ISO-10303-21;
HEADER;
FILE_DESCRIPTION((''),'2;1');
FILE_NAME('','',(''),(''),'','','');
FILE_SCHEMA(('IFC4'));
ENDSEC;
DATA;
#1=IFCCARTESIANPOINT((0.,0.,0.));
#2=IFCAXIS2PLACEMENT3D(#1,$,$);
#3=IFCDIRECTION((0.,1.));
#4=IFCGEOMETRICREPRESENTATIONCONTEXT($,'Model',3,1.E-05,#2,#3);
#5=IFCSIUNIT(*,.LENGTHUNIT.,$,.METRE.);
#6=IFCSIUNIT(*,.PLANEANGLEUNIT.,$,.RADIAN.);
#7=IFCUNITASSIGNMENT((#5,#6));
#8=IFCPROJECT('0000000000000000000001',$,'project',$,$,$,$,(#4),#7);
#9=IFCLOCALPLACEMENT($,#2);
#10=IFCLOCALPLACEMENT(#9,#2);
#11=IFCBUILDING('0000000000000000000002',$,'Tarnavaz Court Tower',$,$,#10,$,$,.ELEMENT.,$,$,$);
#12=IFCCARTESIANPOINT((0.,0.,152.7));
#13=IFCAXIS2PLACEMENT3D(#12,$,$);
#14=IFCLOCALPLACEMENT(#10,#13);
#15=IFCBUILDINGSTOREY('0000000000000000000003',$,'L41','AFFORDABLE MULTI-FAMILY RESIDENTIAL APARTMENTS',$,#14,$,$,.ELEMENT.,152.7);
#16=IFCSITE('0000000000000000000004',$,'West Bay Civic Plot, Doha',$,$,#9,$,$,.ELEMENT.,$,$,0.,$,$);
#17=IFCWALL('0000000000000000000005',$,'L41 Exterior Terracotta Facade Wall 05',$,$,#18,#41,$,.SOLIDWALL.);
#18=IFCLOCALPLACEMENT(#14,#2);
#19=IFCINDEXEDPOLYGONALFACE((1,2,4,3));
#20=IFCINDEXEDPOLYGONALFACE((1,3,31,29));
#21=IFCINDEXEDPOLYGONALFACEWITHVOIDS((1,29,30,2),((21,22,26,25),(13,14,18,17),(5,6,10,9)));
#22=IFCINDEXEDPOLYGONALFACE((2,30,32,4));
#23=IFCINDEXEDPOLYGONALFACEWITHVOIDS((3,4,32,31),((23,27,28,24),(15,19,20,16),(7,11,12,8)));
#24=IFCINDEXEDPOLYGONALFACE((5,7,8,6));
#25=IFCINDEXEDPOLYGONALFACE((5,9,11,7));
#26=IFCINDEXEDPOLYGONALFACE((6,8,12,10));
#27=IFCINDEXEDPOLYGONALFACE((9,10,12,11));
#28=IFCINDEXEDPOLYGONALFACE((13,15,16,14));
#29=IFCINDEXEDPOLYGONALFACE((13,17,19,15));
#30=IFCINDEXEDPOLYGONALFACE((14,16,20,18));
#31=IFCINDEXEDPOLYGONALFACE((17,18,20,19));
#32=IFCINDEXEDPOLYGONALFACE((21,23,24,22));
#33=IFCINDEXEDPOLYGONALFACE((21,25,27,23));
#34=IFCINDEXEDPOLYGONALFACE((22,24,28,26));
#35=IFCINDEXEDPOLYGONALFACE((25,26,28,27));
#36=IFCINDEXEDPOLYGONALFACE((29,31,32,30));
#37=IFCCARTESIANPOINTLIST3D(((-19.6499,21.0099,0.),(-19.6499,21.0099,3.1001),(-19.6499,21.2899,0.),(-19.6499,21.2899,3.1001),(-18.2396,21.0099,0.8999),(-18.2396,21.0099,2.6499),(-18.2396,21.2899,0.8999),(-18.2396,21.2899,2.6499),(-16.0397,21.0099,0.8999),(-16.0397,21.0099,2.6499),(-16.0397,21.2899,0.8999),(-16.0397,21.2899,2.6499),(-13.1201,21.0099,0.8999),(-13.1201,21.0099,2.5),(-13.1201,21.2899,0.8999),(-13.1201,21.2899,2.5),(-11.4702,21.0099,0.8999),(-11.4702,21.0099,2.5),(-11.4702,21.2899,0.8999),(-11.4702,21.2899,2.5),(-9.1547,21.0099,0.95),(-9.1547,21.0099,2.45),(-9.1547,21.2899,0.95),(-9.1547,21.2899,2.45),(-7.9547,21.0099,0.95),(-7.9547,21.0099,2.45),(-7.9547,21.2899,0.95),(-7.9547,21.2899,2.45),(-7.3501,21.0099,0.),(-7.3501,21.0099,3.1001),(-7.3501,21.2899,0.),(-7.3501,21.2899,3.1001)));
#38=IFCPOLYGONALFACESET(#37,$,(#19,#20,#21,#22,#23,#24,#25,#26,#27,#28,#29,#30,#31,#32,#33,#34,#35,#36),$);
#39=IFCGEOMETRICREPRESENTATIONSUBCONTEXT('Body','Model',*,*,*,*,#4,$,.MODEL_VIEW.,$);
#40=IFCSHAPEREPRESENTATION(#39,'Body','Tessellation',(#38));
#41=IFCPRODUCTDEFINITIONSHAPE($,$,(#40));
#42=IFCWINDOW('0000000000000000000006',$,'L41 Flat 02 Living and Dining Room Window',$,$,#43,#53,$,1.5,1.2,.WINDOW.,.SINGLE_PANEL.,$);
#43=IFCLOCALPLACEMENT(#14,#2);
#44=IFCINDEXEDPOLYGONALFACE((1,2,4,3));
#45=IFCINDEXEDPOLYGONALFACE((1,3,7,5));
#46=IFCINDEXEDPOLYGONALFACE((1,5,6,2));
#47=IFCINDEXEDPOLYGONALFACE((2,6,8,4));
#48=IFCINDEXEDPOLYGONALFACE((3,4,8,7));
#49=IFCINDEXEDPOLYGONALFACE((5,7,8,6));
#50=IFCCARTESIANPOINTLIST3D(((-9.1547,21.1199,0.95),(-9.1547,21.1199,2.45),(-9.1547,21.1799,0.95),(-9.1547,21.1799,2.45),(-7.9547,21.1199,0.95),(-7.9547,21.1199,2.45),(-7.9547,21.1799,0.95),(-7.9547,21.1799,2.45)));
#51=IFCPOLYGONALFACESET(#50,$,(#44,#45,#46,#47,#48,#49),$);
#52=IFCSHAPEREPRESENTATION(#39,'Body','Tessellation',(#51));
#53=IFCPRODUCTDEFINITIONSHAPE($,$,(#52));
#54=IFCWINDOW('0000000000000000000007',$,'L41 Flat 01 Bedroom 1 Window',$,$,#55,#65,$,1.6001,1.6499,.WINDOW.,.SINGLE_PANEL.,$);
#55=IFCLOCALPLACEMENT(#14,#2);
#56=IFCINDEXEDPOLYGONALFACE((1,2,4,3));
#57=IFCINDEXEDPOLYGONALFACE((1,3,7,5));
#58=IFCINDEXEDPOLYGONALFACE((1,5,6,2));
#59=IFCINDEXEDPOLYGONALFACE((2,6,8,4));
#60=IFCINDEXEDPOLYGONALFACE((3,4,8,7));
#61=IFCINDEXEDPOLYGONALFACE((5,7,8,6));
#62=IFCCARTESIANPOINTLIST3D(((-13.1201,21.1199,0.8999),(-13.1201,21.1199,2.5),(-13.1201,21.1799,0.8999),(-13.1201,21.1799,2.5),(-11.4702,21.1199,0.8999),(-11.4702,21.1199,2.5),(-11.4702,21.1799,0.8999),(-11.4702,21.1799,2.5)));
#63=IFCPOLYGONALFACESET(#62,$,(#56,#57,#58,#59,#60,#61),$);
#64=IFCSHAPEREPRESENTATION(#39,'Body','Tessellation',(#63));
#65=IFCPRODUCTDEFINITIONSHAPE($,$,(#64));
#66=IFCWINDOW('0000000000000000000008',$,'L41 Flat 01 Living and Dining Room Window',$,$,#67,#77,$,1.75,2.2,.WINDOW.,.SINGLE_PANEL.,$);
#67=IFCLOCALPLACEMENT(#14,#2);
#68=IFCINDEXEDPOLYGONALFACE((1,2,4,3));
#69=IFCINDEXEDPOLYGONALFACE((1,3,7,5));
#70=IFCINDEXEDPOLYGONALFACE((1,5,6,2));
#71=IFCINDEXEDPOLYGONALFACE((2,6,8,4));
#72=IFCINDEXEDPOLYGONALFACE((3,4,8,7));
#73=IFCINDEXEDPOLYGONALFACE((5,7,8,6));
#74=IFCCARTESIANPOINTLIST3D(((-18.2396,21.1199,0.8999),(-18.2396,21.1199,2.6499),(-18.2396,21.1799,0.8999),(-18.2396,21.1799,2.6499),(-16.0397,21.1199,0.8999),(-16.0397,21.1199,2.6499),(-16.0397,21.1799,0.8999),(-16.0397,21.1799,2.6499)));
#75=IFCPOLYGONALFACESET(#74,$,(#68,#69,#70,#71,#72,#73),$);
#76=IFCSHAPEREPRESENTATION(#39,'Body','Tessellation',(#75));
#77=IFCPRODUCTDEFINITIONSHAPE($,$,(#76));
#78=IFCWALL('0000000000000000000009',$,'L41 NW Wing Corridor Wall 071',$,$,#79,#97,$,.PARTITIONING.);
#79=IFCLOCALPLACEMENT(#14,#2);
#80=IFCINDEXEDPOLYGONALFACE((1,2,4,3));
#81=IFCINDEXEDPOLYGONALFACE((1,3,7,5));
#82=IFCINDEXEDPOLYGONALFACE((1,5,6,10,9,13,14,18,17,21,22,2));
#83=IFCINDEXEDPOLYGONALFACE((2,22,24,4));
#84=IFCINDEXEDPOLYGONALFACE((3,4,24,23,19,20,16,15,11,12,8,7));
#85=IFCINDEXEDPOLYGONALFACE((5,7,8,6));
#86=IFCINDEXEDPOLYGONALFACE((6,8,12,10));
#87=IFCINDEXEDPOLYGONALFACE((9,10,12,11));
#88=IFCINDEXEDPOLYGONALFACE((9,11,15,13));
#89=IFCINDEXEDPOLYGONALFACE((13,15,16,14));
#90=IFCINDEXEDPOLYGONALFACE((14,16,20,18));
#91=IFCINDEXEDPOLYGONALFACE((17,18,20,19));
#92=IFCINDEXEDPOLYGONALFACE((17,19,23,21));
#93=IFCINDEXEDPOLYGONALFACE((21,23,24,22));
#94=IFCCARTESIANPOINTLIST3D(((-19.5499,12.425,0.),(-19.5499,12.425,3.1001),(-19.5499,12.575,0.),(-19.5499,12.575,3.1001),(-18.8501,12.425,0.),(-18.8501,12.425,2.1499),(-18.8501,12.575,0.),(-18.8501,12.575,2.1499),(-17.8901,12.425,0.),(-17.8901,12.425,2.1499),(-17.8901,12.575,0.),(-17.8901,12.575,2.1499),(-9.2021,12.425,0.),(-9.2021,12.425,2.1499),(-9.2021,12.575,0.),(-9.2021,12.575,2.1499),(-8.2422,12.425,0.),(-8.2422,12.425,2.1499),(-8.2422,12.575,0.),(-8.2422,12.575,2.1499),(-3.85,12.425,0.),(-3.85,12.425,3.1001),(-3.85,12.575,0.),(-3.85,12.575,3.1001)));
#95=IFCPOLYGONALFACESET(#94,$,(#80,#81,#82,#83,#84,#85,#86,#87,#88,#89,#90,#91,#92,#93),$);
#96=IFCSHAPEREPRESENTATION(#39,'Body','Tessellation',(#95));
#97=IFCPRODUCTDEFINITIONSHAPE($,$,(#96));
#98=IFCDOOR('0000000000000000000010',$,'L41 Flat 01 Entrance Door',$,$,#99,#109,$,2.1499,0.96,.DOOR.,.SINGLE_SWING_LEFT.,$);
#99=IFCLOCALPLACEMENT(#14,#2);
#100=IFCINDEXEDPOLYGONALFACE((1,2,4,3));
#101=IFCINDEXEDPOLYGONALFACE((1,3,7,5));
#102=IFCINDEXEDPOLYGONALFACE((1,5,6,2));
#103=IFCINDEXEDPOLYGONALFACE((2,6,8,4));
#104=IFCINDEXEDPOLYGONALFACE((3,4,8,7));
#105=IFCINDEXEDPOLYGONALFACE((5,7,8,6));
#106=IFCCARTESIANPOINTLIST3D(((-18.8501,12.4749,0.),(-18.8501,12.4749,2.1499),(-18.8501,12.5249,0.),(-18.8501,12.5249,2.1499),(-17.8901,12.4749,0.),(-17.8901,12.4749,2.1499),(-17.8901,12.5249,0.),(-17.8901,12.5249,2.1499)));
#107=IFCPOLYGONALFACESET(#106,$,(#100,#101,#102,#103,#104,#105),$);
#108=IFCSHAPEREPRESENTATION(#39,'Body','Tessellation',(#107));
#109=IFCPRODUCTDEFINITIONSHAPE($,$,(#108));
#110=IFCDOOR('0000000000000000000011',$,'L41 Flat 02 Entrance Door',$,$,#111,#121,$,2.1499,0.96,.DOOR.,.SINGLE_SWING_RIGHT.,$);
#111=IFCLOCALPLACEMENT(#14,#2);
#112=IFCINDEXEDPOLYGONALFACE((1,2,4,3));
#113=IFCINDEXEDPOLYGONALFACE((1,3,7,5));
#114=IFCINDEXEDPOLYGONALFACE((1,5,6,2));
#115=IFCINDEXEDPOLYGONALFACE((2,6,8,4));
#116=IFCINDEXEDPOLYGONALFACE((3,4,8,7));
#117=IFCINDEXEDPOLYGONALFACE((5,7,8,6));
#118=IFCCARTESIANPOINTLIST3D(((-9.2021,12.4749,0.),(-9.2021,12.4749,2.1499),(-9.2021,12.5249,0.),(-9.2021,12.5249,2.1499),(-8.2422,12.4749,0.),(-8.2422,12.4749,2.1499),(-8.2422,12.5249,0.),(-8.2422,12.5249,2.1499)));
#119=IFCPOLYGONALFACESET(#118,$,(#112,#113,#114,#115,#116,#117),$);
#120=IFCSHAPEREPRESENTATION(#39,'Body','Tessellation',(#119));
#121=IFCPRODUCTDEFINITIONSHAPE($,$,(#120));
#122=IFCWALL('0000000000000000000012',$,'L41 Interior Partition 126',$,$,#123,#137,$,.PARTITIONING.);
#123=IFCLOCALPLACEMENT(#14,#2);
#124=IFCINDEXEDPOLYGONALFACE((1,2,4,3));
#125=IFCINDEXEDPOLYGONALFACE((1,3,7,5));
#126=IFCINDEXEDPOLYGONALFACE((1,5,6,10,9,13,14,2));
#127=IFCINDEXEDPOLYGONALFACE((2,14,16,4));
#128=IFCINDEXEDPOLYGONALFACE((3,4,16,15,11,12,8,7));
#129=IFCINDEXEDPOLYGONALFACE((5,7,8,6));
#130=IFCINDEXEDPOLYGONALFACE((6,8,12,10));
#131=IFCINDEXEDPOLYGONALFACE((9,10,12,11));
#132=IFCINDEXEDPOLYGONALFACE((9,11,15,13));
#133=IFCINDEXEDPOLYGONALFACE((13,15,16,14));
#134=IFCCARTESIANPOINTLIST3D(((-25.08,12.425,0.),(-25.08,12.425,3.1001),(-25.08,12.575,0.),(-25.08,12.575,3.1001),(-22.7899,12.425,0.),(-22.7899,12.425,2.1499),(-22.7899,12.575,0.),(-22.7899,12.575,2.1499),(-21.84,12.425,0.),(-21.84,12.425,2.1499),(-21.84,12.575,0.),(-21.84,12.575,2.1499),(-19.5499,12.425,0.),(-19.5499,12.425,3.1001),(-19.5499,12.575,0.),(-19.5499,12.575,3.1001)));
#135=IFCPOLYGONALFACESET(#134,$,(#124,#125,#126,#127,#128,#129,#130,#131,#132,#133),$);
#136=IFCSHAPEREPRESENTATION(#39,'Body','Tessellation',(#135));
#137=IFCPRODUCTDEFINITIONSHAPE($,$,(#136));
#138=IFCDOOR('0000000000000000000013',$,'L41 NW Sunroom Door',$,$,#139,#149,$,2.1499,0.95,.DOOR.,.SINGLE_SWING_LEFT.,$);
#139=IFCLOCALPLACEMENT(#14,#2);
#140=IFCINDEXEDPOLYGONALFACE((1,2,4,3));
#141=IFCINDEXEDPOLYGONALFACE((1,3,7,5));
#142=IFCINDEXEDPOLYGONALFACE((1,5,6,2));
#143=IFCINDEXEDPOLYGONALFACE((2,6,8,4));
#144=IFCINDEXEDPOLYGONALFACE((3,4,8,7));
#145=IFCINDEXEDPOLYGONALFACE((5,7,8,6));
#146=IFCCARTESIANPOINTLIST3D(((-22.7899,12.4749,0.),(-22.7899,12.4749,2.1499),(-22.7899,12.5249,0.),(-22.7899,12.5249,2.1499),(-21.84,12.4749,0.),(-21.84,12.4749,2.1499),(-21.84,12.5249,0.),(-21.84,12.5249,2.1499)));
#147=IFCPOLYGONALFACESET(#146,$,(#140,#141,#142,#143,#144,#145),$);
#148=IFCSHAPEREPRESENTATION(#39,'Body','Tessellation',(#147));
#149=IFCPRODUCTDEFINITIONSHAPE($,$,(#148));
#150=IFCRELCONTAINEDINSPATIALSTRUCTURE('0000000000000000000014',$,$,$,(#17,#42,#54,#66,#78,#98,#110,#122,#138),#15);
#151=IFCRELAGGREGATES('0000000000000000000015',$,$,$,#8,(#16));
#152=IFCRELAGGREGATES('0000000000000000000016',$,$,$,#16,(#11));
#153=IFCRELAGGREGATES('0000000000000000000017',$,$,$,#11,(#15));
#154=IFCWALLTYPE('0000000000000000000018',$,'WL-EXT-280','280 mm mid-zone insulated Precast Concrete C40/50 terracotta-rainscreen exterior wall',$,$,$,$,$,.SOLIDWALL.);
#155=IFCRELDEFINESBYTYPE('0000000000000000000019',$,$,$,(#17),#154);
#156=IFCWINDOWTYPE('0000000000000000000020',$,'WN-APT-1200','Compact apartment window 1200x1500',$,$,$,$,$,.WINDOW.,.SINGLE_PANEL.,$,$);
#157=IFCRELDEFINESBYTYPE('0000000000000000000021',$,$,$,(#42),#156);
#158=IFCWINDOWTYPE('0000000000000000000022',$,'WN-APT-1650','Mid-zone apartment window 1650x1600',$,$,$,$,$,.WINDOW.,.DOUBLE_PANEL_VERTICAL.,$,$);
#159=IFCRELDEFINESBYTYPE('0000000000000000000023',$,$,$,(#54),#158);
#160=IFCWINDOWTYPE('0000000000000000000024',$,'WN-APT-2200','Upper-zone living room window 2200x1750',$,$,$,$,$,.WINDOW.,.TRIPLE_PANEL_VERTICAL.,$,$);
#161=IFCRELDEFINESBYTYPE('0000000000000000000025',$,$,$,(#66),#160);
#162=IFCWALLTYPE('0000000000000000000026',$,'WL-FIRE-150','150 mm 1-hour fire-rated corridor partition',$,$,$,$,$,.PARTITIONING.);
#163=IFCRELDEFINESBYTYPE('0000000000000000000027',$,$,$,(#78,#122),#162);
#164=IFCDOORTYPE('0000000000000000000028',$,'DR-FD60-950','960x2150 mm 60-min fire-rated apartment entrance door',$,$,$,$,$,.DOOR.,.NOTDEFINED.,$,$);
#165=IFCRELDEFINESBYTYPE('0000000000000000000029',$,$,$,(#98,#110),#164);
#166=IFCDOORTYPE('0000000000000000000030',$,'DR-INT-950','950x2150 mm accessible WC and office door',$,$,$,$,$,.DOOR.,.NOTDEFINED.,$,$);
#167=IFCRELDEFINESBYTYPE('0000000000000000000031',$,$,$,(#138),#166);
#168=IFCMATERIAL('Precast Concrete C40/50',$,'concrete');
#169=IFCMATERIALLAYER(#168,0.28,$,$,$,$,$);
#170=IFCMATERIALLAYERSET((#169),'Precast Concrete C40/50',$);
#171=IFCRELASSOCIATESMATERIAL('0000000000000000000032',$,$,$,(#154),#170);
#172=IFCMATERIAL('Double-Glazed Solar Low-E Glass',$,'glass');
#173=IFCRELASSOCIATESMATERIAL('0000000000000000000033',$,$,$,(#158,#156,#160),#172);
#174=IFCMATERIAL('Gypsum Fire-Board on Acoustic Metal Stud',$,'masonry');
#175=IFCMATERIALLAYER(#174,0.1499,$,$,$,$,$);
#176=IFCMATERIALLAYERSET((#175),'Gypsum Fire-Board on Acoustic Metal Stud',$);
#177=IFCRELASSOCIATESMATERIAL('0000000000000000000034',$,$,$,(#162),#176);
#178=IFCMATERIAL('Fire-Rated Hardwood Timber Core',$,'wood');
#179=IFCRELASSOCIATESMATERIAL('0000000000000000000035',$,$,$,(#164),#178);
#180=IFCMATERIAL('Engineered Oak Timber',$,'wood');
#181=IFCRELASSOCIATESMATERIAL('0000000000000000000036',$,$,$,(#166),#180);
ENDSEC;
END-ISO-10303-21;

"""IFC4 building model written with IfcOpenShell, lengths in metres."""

from ifc_helpers import new_model, si_unit, direction, frame, frame_2d, origin, place, context, subcontext, project, spatial, rectangle, extrude, material, layer, layer_set, type_object, element, fill, save


model = new_model("IFC4")

# Units and contexts
model_context = context("Model", 3, precision=1e-05, world=origin(), true_north=direction((0.0, 1.0)))
body_context = subcontext(model_context, "Body", "Model", "MODEL_VIEW")
ifc_project = project(units=[si_unit("LENGTHUNIT", "METRE"), si_unit("PLANEANGLEUNIT", "RADIAN")], contexts=[model_context])

# Site, building, storey
site_placement = place(None, origin())
site = spatial("IfcSite", under=ifc_project, at=site_placement, Name="West Bay Civic Plot, Doha", CompositionType="ELEMENT", RefElevation=0.0)
building_placement = place(site_placement, origin())
building = spatial("IfcBuilding", under=site, at=building_placement, Name="Tarnavaz Court Tower", CompositionType="ELEMENT")
storey_placement = place(building_placement, frame((0.0, 0.0, 152.7)))
storey = spatial("IfcBuildingStorey", under=building, at=storey_placement, Name="L41", Description="AFFORDABLE MULTI-FAMILY RESIDENTIAL APARTMENTS", CompositionType="ELEMENT", Elevation=152.7)

# Shared definitions
ifc_material_1 = material(Name="Precast Concrete C40/50", Category="concrete")
ifc_layer_1 = layer(ifc_material_1, 0.28)
ifc_layer_set_1 = layer_set([ifc_layer_1], Name="Precast Concrete C40/50")
wall_type_1 = type_object("IfcWallType", Name="WL-EXT-280", Description="280 mm mid-zone insulated Precast Concrete C40/50 terracotta-rainscreen exterior wall", PredefinedType="SOLIDWALL", material=ifc_layer_set_1)
ifc_material_2 = material(Name="Double-Glazed Solar Low-E Glass", Category="glass")
window_type_1 = type_object("IfcWindowType", Name="WN-APT-1650", Description="Mid-zone apartment window 1650x1600", PartitioningType="DOUBLE_PANEL_VERTICAL", PredefinedType="WINDOW", material=ifc_material_2)

# Wall, openings, windows
wall_1_placement = place(storey_placement, frame((-19.6499, 21.1499, 0.0), z_axis=(0.0, 0.0, 1.0), x_axis=(1.0, 0.0, 0.0)))
wall_1 = element("IfcWall", 1, at=wall_1_placement, inside=storey, type_object=wall_type_1, Name="L41 Exterior Terracotta Facade Wall 05", PredefinedType="SOLIDWALL", context=body_context, shape_type="SweptSolid", body=[
    extrude(rectangle(XDim=12.2998, YDim=0.28, at=frame_2d((6.1499, 0.0))), origin(), (0.0, 0.0, 1.0), 3.1001),
])
opening_1_placement = place(wall_1_placement, frame((1.4102, 0.0, 0.8999)))
opening_1 = element("IfcOpeningElement", 2, at=opening_1_placement, cuts=wall_1, PredefinedType="OPENING", context=body_context, shape_type="SweptSolid", body=[
    extrude(rectangle(XDim=2.2, YDim=1.75, at=frame_2d((1.1001, 0.875))), frame((0.0, 0.1499, 0.0), z_axis=(0.0, -1.0, 0.0), x_axis=(1.0, 0.0, 0.0)), (0.0, 0.0, 1.0), 0.3),
])
opening_2_placement = place(wall_1_placement, frame((6.5298, 0.0, 0.8999)))
opening_2 = element("IfcOpeningElement", 3, at=opening_2_placement, cuts=wall_1, PredefinedType="OPENING", context=body_context, shape_type="SweptSolid", body=[
    extrude(rectangle(XDim=1.6499, YDim=1.6001, at=frame_2d((0.825, 0.8))), frame((0.0, 0.1499, 0.0), z_axis=(0.0, -1.0, 0.0), x_axis=(1.0, 0.0, 0.0)), (0.0, 0.0, 1.0), 0.3),
])
opening_3_placement = place(wall_1_placement, frame((10.4951, 0.0, 0.95)))
opening_3 = element("IfcOpeningElement", 4, at=opening_3_placement, cuts=wall_1, PredefinedType="OPENING", context=body_context, shape_type="SweptSolid", body=[
    extrude(rectangle(XDim=1.2, YDim=1.5, at=frame_2d((0.6001, 0.75))), frame((0.0, 0.1499, 0.0), z_axis=(0.0, -1.0, 0.0), x_axis=(1.0, 0.0, 0.0)), (0.0, 0.0, 1.0), 0.3),
])
window_type_2 = type_object("IfcWindowType", Name="WN-APT-1200", Description="Compact apartment window 1200x1500", PartitioningType="SINGLE_PANEL", PredefinedType="WINDOW", material=ifc_material_2)
window_1_placement = place(opening_3_placement, origin())
window_1 = element("IfcWindow", 5, at=window_1_placement, inside=storey, type_object=window_type_2, Name="L41 Flat 02 Living and Dining Room Window", OverallHeight=1.5, OverallWidth=1.2, PartitioningType="SINGLE_PANEL", PredefinedType="WINDOW", context=body_context, shape_type="SweptSolid", body=[
    extrude(rectangle(XDim=1.2, YDim=1.5, at=frame_2d((0.6001, 0.75))), frame((0.0, 0.03, 0.0), z_axis=(0.0, -1.0, 0.0), x_axis=(1.0, 0.0, 0.0)), (0.0, 0.0, 1.0), 0.0601),
])
fill(opening_3, window_1)
window_2_placement = place(opening_2_placement, origin())
window_2 = element("IfcWindow", 6, at=window_2_placement, inside=storey, type_object=window_type_1, Name="L41 Flat 01 Bedroom 1 Window", OverallHeight=1.6001, OverallWidth=1.6499, PartitioningType="SINGLE_PANEL", PredefinedType="WINDOW", context=body_context, shape_type="SweptSolid", body=[
    extrude(rectangle(XDim=1.6499, YDim=1.6001, at=frame_2d((0.825, 0.8))), frame((0.0, 0.03, 0.0), z_axis=(0.0, -1.0, 0.0), x_axis=(1.0, 0.0, 0.0)), (0.0, 0.0, 1.0), 0.0601),
])
fill(opening_2, window_2)
window_type_3 = type_object("IfcWindowType", Name="WN-APT-2200", Description="Upper-zone living room window 2200x1750", PartitioningType="TRIPLE_PANEL_VERTICAL", PredefinedType="WINDOW", material=ifc_material_2)
window_3_placement = place(opening_1_placement, origin())
window_3 = element("IfcWindow", 7, at=window_3_placement, inside=storey, type_object=window_type_3, Name="L41 Flat 01 Living and Dining Room Window", OverallHeight=1.75, OverallWidth=2.2, PartitioningType="SINGLE_PANEL", PredefinedType="WINDOW", context=body_context, shape_type="SweptSolid", body=[
    extrude(rectangle(XDim=2.2, YDim=1.75, at=frame_2d((1.1001, 0.875))), frame((0.0, 0.03, 0.0), z_axis=(0.0, -1.0, 0.0), x_axis=(1.0, 0.0, 0.0)), (0.0, 0.0, 1.0), 0.0601),
])
fill(opening_1, window_3)

# Wall, openings, doors
ifc_material_3 = material(Name="Gypsum Fire-Board on Acoustic Metal Stud", Category="masonry")
ifc_layer_2 = layer(ifc_material_3, 0.1499)
ifc_layer_set_2 = layer_set([ifc_layer_2], Name="Gypsum Fire-Board on Acoustic Metal Stud")
wall_type_2 = type_object("IfcWallType", Name="WL-FIRE-150", Description="150 mm 1-hour fire-rated corridor partition", PredefinedType="PARTITIONING", material=ifc_layer_set_2)
wall_2_placement = place(storey_placement, frame((-19.55, 12.5, 0.0), z_axis=(0.0, 0.0, 1.0), x_axis=(1.0, 0.0, 0.0)))
wall_2 = element("IfcWall", 8, at=wall_2_placement, inside=storey, type_object=wall_type_2, Name="L41 NW Wing Corridor Wall 071", PredefinedType="PARTITIONING", context=body_context, shape_type="SweptSolid", body=[
    extrude(rectangle(XDim=15.7, YDim=0.1499, at=frame_2d((7.8501, 0.0))), origin(), (0.0, 0.0, 1.0), 3.1001),
])
opening_4_placement = place(wall_2_placement, frame((0.7, 0.0, 0.0)))
opening_4 = element("IfcOpeningElement", 9, at=opening_4_placement, cuts=wall_2, PredefinedType="OPENING", context=body_context, shape_type="SweptSolid", body=[
    extrude(rectangle(XDim=0.96, YDim=2.1499, at=frame_2d((0.48, 1.075))), frame((0.0, 0.085, 0.0), z_axis=(0.0, -1.0, 0.0), x_axis=(1.0, 0.0, 0.0)), (0.0, 0.0, 1.0), 0.1699),
])
opening_5_placement = place(wall_2_placement, frame((10.3479, 0.0, 0.0)))
opening_5 = element("IfcOpeningElement", 10, at=opening_5_placement, cuts=wall_2, PredefinedType="OPENING", context=body_context, shape_type="SweptSolid", body=[
    extrude(rectangle(XDim=0.96, YDim=2.1499, at=frame_2d((0.48, 1.075))), frame((0.0, 0.085, 0.0), z_axis=(0.0, -1.0, 0.0), x_axis=(1.0, 0.0, 0.0)), (0.0, 0.0, 1.0), 0.1699),
])
ifc_material_4 = material(Name="Fire-Rated Hardwood Timber Core", Category="wood")
door_type_1 = type_object("IfcDoorType", Name="DR-FD60-950", Description="960x2150 mm 60-min fire-rated apartment entrance door", OperationType="NOTDEFINED", PredefinedType="DOOR", material=ifc_material_4)
door_1_placement = place(opening_4_placement, origin())
door_1 = element("IfcDoor", 11, at=door_1_placement, inside=storey, type_object=door_type_1, Name="L41 Flat 01 Entrance Door", OperationType="SINGLE_SWING_LEFT", OverallHeight=2.1499, OverallWidth=0.96, PredefinedType="DOOR", context=body_context, shape_type="SweptSolid", body=[
    extrude(rectangle(XDim=0.96, YDim=2.1499, at=frame_2d((0.48, 1.075))), frame((0.0, 0.0249, 0.0), z_axis=(0.0, -1.0, 0.0), x_axis=(1.0, 0.0, 0.0)), (0.0, 0.0, 1.0), 0.05),
])
fill(opening_4, door_1)
door_2_placement = place(opening_5_placement, origin())
door_2 = element("IfcDoor", 12, at=door_2_placement, inside=storey, type_object=door_type_1, Name="L41 Flat 02 Entrance Door", OperationType="SINGLE_SWING_RIGHT", OverallHeight=2.1499, OverallWidth=0.96, PredefinedType="DOOR", context=body_context, shape_type="SweptSolid", body=[
    extrude(rectangle(XDim=0.96, YDim=2.1499, at=frame_2d((0.48, 1.075))), frame((0.0, 0.0249, 0.0), z_axis=(0.0, -1.0, 0.0), x_axis=(1.0, 0.0, 0.0)), (0.0, 0.0, 1.0), 0.05),
])
fill(opening_5, door_2)

# Wall, opening, door
wall_3_placement = place(storey_placement, frame((-25.0801, 12.5, 0.0), z_axis=(0.0, 0.0, 1.0), x_axis=(1.0, 0.0, 0.0)))
wall_3 = element("IfcWall", 13, at=wall_3_placement, inside=storey, type_object=wall_type_2, Name="L41 Interior Partition 126", PredefinedType="PARTITIONING", context=body_context, shape_type="SweptSolid", body=[
    extrude(rectangle(XDim=5.53, YDim=0.1499, at=frame_2d((2.7651, 0.0))), origin(), (0.0, 0.0, 1.0), 3.1001),
])
opening_6_placement = place(wall_3_placement, frame((2.29, 0.0, 0.0)))
opening_6 = element("IfcOpeningElement", 14, at=opening_6_placement, cuts=wall_3, PredefinedType="OPENING", context=body_context, shape_type="SweptSolid", body=[
    extrude(rectangle(XDim=0.95, YDim=2.1499, at=frame_2d((0.4751, 1.075))), frame((0.0, 0.085, 0.0), z_axis=(0.0, -1.0, 0.0), x_axis=(1.0, 0.0, 0.0)), (0.0, 0.0, 1.0), 0.1699),
])
ifc_material_5 = material(Name="Engineered Oak Timber", Category="wood")
door_type_2 = type_object("IfcDoorType", Name="DR-INT-950", Description="950x2150 mm accessible WC and office door", OperationType="NOTDEFINED", PredefinedType="DOOR", material=ifc_material_5)
door_3_placement = place(opening_6_placement, origin())
door_3 = element("IfcDoor", 15, at=door_3_placement, inside=storey, type_object=door_type_2, Name="L41 NW Sunroom Door", OperationType="SINGLE_SWING_LEFT", OverallHeight=2.1499, OverallWidth=0.95, PredefinedType="DOOR", context=body_context, shape_type="SweptSolid", body=[
    extrude(rectangle(XDim=0.95, YDim=2.1499, at=frame_2d((0.4751, 1.075))), frame((0.0, 0.0249, 0.0), z_axis=(0.0, -1.0, 0.0), x_axis=(1.0, 0.0, 0.0)), (0.0, 0.0, 1.0), 0.05),
])
fill(opening_6, door_3)

save(model, "model.ifc")
